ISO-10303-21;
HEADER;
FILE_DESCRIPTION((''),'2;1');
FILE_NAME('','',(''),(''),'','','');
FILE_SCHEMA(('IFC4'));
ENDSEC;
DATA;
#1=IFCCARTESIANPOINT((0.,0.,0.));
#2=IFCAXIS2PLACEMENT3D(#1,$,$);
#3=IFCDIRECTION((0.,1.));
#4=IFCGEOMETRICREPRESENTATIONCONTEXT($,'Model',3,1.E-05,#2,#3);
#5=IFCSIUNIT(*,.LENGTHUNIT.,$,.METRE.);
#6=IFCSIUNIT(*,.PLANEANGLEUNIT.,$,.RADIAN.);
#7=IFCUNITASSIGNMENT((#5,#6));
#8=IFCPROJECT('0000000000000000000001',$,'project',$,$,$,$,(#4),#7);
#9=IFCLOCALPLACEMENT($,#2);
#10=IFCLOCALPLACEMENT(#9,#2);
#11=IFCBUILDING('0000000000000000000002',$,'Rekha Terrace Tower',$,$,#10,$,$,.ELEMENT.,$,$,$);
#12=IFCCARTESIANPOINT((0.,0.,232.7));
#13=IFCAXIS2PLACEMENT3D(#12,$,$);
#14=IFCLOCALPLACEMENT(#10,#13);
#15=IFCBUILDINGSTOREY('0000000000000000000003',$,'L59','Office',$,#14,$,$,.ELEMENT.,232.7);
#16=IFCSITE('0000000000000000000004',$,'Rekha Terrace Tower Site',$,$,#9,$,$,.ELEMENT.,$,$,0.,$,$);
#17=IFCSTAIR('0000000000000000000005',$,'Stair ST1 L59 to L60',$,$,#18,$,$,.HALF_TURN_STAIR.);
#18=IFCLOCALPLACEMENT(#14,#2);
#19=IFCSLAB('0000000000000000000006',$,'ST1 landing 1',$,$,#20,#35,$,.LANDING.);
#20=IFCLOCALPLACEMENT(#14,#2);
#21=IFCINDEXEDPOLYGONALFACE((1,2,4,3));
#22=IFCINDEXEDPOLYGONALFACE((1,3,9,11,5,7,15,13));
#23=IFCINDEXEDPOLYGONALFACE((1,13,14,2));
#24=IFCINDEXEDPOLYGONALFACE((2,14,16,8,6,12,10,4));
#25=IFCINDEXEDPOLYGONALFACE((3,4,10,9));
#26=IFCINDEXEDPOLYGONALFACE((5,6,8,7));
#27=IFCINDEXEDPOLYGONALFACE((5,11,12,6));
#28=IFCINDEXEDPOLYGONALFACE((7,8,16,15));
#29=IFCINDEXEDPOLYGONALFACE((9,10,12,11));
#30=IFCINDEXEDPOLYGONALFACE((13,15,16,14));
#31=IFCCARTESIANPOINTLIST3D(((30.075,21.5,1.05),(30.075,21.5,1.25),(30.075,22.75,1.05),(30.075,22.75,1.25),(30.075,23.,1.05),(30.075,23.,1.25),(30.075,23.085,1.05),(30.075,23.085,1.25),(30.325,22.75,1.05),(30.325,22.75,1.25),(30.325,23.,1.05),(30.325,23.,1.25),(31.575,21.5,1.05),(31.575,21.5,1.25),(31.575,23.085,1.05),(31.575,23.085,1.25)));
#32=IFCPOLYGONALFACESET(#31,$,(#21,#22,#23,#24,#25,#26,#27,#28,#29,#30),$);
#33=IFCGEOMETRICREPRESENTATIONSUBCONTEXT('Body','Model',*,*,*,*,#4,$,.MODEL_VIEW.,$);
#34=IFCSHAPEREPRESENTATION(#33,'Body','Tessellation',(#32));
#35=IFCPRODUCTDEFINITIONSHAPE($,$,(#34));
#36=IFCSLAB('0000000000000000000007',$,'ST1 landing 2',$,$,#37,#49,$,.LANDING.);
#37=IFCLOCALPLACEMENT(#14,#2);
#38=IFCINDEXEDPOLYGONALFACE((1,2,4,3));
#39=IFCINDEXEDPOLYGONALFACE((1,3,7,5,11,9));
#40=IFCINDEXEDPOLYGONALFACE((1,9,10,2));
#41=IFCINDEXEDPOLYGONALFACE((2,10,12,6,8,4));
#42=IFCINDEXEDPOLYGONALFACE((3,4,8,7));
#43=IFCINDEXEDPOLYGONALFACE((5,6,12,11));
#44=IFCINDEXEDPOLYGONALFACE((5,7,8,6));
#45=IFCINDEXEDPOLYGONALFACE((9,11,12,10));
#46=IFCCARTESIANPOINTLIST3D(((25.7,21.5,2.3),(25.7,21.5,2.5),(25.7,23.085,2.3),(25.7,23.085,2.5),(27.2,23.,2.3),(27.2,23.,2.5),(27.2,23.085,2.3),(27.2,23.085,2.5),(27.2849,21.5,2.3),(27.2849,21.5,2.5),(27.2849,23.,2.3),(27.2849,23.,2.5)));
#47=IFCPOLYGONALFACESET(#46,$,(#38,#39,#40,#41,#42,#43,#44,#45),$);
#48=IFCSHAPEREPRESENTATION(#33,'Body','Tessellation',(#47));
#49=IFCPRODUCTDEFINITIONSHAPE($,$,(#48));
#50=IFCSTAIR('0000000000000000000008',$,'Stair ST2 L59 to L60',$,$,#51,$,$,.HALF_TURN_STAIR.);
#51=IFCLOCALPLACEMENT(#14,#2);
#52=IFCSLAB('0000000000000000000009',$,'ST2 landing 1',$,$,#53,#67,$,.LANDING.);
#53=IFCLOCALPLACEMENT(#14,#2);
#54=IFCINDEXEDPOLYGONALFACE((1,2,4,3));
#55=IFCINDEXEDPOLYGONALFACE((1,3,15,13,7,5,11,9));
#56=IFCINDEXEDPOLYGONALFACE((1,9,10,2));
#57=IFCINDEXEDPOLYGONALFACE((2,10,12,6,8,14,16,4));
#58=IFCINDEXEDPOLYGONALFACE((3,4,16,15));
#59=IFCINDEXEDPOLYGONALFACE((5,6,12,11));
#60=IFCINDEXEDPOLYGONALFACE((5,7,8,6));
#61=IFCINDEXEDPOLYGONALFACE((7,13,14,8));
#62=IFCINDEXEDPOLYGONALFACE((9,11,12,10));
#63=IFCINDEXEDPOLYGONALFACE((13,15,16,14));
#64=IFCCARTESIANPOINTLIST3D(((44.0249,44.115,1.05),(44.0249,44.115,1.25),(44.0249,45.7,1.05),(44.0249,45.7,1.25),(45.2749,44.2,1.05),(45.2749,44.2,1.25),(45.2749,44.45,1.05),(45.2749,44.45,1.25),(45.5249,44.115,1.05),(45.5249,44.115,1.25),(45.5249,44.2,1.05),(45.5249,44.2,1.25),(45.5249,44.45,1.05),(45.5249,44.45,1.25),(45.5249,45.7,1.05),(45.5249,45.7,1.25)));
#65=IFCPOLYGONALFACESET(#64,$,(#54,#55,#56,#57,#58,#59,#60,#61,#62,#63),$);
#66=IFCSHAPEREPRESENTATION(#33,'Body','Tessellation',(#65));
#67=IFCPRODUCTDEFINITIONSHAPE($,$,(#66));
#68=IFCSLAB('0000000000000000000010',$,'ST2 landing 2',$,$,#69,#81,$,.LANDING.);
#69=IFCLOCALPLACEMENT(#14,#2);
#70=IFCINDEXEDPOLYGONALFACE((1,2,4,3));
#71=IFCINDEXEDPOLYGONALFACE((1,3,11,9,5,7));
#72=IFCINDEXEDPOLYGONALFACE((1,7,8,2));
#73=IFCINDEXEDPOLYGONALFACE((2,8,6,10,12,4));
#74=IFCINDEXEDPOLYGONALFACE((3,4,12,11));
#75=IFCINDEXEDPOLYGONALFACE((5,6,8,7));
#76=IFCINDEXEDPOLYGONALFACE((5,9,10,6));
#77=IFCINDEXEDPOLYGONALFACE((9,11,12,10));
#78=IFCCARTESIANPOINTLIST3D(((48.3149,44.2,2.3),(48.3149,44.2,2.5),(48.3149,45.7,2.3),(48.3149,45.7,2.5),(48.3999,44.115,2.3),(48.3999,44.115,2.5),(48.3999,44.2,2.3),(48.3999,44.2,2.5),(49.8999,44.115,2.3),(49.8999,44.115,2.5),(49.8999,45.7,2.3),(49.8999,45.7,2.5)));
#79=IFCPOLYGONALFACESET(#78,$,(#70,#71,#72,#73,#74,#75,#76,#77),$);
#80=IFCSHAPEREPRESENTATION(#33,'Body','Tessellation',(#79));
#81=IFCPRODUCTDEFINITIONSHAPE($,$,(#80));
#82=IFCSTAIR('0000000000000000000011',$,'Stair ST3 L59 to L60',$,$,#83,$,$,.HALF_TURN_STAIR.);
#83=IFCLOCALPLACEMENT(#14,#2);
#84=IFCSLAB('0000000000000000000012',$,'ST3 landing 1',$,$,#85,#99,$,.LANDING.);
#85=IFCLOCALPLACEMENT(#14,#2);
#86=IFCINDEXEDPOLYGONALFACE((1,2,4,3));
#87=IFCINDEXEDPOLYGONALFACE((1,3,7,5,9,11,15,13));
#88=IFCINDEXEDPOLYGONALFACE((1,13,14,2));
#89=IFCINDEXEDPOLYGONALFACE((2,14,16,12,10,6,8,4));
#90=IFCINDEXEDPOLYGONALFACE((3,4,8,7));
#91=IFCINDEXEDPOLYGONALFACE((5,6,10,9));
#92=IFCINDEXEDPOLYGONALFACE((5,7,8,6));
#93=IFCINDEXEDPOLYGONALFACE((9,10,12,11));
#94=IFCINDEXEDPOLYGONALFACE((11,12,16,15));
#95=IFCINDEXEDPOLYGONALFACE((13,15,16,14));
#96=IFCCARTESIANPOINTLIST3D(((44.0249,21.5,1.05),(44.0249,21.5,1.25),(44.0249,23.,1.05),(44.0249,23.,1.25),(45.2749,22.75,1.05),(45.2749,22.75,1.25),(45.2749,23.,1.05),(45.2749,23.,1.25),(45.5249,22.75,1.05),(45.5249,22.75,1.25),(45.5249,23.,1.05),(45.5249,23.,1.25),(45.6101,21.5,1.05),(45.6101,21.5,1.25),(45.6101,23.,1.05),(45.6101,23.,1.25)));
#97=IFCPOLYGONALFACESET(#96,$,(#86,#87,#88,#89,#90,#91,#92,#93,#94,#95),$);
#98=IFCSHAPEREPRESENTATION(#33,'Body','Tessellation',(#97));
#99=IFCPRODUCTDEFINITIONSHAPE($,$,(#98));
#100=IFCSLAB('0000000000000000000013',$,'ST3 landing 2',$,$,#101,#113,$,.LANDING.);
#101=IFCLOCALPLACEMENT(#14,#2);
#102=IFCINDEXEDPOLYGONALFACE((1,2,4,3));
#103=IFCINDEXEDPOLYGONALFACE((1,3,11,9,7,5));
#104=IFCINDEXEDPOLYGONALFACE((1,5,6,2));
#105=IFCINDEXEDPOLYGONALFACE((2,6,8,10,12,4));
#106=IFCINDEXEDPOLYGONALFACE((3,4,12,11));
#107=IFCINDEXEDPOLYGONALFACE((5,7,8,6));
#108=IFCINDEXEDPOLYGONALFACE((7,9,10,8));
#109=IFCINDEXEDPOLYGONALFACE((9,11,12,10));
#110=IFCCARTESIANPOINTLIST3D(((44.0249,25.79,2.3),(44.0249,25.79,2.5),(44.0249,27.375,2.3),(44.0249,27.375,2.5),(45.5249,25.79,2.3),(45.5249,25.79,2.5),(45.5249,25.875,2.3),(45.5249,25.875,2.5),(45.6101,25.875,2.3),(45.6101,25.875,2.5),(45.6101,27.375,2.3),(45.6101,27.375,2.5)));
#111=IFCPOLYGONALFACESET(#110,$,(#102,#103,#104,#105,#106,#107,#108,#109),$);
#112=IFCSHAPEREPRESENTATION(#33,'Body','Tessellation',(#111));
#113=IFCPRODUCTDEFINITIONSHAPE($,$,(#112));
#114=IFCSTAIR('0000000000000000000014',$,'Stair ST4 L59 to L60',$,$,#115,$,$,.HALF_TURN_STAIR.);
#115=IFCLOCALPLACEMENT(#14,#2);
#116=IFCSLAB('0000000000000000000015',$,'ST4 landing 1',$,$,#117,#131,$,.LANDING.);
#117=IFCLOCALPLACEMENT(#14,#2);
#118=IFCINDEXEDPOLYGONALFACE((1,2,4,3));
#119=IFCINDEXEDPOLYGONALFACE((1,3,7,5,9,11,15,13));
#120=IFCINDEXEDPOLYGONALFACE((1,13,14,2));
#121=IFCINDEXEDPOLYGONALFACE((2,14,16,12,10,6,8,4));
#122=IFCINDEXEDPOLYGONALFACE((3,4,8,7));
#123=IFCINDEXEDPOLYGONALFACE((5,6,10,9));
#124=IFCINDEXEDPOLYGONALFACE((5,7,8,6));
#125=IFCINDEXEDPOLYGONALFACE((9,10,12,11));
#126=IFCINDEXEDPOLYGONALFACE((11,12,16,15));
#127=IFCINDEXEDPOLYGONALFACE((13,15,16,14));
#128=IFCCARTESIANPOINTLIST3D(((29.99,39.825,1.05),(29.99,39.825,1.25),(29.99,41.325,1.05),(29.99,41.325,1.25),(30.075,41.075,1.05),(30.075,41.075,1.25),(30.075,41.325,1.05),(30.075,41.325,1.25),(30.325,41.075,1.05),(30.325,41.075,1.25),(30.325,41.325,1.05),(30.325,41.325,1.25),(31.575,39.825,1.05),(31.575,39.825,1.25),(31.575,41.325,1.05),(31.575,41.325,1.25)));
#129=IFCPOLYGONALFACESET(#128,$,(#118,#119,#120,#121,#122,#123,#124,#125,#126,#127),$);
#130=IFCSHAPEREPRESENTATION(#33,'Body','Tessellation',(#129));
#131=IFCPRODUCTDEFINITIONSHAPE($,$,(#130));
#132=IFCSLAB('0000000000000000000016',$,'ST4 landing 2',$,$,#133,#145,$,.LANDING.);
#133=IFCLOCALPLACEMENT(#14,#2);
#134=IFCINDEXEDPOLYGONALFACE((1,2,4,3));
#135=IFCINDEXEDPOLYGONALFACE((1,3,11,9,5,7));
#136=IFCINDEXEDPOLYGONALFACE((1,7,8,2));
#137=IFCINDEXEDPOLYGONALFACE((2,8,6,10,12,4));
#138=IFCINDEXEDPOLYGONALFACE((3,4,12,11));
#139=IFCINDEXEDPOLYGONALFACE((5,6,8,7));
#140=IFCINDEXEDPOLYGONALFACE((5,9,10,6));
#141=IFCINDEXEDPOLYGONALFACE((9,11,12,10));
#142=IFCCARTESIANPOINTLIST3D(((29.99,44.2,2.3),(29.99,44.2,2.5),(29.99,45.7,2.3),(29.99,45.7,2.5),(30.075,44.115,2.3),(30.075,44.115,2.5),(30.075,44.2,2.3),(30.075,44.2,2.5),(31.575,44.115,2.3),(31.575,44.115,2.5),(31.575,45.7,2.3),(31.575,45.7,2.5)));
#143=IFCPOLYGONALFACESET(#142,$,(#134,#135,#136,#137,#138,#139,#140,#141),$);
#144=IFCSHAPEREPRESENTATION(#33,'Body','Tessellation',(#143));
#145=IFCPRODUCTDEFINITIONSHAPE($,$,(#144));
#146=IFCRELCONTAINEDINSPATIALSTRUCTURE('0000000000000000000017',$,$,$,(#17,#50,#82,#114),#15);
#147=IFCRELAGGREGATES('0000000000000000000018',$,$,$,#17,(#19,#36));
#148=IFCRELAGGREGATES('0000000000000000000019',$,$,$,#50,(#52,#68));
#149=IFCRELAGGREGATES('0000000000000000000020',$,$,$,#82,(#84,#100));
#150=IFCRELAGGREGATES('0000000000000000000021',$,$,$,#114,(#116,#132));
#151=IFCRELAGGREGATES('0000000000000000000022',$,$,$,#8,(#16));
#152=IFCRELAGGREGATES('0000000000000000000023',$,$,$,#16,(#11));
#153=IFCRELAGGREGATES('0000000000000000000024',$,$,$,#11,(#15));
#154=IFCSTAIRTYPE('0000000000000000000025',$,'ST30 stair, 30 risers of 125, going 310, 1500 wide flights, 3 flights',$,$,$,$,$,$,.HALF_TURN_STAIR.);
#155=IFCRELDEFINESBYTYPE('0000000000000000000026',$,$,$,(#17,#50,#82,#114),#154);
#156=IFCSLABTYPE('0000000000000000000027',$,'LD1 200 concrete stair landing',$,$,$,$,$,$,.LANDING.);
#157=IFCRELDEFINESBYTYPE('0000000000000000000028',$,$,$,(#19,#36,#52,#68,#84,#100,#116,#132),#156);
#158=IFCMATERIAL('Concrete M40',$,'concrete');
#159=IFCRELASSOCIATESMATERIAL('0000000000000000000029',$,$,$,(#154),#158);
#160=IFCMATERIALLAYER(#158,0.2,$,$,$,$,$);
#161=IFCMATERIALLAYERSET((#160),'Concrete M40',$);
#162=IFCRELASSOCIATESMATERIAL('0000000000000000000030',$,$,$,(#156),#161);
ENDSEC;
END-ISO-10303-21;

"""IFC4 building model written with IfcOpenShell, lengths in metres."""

from ifc_helpers import new_model, si_unit, direction, frame, origin, place, context, subcontext, project, spatial, polyline, outline, extrude, material, layer, layer_set, type_object, element, aggregate, save


model = new_model("IFC4")

# Units and contexts
model_context = context("Model", 3, precision=1e-05, world=origin(), true_north=direction((0.0, 1.0)))
body_context = subcontext(model_context, "Body", "Model", "MODEL_VIEW")
ifc_project = project(units=[si_unit("LENGTHUNIT", "METRE"), si_unit("PLANEANGLEUNIT", "RADIAN")], contexts=[model_context])

# Site, building, storey
site_placement = place(None, origin())
site = spatial("IfcSite", under=ifc_project, at=site_placement, Name="Rekha Terrace Tower Site", CompositionType="ELEMENT", RefElevation=0.0)
building_placement = place(site_placement, origin())
building = spatial("IfcBuilding", under=site, at=building_placement, Name="Rekha Terrace Tower", CompositionType="ELEMENT")
storey_placement = place(building_placement, frame((0.0, 0.0, 232.7)))
storey = spatial("IfcBuildingStorey", under=building, at=storey_placement, Name="L59", Description="Office", CompositionType="ELEMENT", Elevation=232.7)

# Stairs, slabs
ifc_material_1 = material(Name="Concrete M40", Category="concrete")
stair_type = type_object("IfcStairType", Name="ST30 stair, 30 risers of 125, going 310, 1500 wide flights, 3 flights", PredefinedType="HALF_TURN_STAIR", material=ifc_material_1)
stair_1_placement = place(storey_placement, origin())
stair_1 = element("IfcStair", 1, at=stair_1_placement, inside=storey, type_object=stair_type, Name="Stair ST1 L59 to L60", PredefinedType="HALF_TURN_STAIR")
ifc_layer_1 = layer(ifc_material_1, 0.2)
ifc_layer_set_1 = layer_set([ifc_layer_1], Name="Concrete M40")
slab_type_1 = type_object("IfcSlabType", Name="LD1 200 concrete stair landing", PredefinedType="LANDING", material=ifc_layer_set_1)
slab_1_placement = place(storey_placement, frame((0.0, 0.0, 1.05)))
slab_1 = element("IfcSlab", 2, at=slab_1_placement, type_object=slab_type_1, Name="ST1 landing 1", PredefinedType="LANDING", context=body_context, shape_type="SweptSolid", body=[
    extrude(outline(polyline([(30.075, 21.5), (31.575, 21.5), (31.575, 23.085), (30.075, 23.085), (30.075, 23.0), (30.325, 23.0), (30.325, 22.75), (30.075, 22.75), (30.075, 21.5)])), origin(), (0.0, 0.0, 1.0), 0.2),
])
slab_2_placement = place(storey_placement, frame((0.0, 0.0, 2.3)))
slab_2 = element("IfcSlab", 3, at=slab_2_placement, type_object=slab_type_1, Name="ST1 landing 2", PredefinedType="LANDING", context=body_context, shape_type="SweptSolid", body=[
    extrude(outline(polyline([(27.2, 23.085), (25.7, 23.085), (25.7, 21.5), (27.2849, 21.5), (27.2849, 23.0), (27.2, 23.0), (27.2, 23.085)])), origin(), (0.0, 0.0, 1.0), 0.2),
])
aggregate(stair_1, [slab_1, slab_2])
stair_2_placement = place(storey_placement, origin())
stair_2 = element("IfcStair", 4, at=stair_2_placement, inside=storey, type_object=stair_type, Name="Stair ST2 L59 to L60", PredefinedType="HALF_TURN_STAIR")
slab_3_placement = place(storey_placement, frame((0.0, 0.0, 1.05)))
slab_3 = element("IfcSlab", 5, at=slab_3_placement, type_object=slab_type_1, Name="ST2 landing 1", PredefinedType="LANDING", context=body_context, shape_type="SweptSolid", body=[
    extrude(outline(polyline([(45.5249, 45.7), (44.0249, 45.7), (44.0249, 44.115), (45.5249, 44.115), (45.5249, 44.2), (45.2749, 44.2), (45.2749, 44.45), (45.5249, 44.45), (45.5249, 45.7)])), origin(), (0.0, 0.0, 1.0), 0.2),
])
slab_4_placement = place(storey_placement, frame((0.0, 0.0, 2.3)))
slab_4 = element("IfcSlab", 6, at=slab_4_placement, type_object=slab_type_1, Name="ST2 landing 2", PredefinedType="LANDING", context=body_context, shape_type="SweptSolid", body=[
    extrude(outline(polyline([(48.3999, 44.115), (49.8999, 44.115), (49.8999, 45.7), (48.3149, 45.7), (48.3149, 44.2), (48.3999, 44.2), (48.3999, 44.115)])), origin(), (0.0, 0.0, 1.0), 0.2),
])
aggregate(stair_2, [slab_3, slab_4])
stair_3_placement = place(storey_placement, origin())
stair_3 = element("IfcStair", 7, at=stair_3_placement, inside=storey, type_object=stair_type, Name="Stair ST3 L59 to L60", PredefinedType="HALF_TURN_STAIR")
slab_5_placement = place(storey_placement, frame((0.0, 0.0, 1.05)))
slab_5 = element("IfcSlab", 8, at=slab_5_placement, type_object=slab_type_1, Name="ST3 landing 1", PredefinedType="LANDING", context=body_context, shape_type="SweptSolid", body=[
    extrude(outline(polyline([(44.0249, 23.0), (44.0249, 21.5), (45.6101, 21.5), (45.6101, 23.0), (45.5249, 23.0), (45.5249, 22.75), (45.2749, 22.75), (45.2749, 23.0), (44.0249, 23.0)])), origin(), (0.0, 0.0, 1.0), 0.2),
])
slab_6_placement = place(storey_placement, frame((0.0, 0.0, 2.3)))
slab_6 = element("IfcSlab", 9, at=slab_6_placement, type_object=slab_type_1, Name="ST3 landing 2", PredefinedType="LANDING", context=body_context, shape_type="SweptSolid", body=[
    extrude(outline(polyline([(45.6101, 25.875), (45.6101, 27.375), (44.0249, 27.375), (44.0249, 25.79), (45.5249, 25.79), (45.5249, 25.875), (45.6101, 25.875)])), origin(), (0.0, 0.0, 1.0), 0.2),
])
aggregate(stair_3, [slab_5, slab_6])
stair_4_placement = place(storey_placement, origin())
stair_4 = element("IfcStair", 10, at=stair_4_placement, inside=storey, type_object=stair_type, Name="Stair ST4 L59 to L60", PredefinedType="HALF_TURN_STAIR")
slab_7_placement = place(storey_placement, frame((0.0, 0.0, 1.05)))
slab_7 = element("IfcSlab", 11, at=slab_7_placement, type_object=slab_type_1, Name="ST4 landing 1", PredefinedType="LANDING", context=body_context, shape_type="SweptSolid", body=[
    extrude(outline(polyline([(31.575, 41.325), (31.575, 39.825), (29.99, 39.825), (29.99, 41.325), (30.075, 41.325), (30.075, 41.075), (30.325, 41.075), (30.325, 41.325), (31.575, 41.325)])), origin(), (0.0, 0.0, 1.0), 0.2),
])
slab_8_placement = place(storey_placement, frame((0.0, 0.0, 2.3)))
slab_8 = element("IfcSlab", 12, at=slab_8_placement, type_object=slab_type_1, Name="ST4 landing 2", PredefinedType="LANDING", context=body_context, shape_type="SweptSolid", body=[
    extrude(outline(polyline([(29.99, 44.2), (29.99, 45.7), (31.575, 45.7), (31.575, 44.115), (30.075, 44.115), (30.075, 44.2), (29.99, 44.2)])), origin(), (0.0, 0.0, 1.0), 0.2),
])
aggregate(stair_4, [slab_7, slab_8])

save(model, "model.ifc")
